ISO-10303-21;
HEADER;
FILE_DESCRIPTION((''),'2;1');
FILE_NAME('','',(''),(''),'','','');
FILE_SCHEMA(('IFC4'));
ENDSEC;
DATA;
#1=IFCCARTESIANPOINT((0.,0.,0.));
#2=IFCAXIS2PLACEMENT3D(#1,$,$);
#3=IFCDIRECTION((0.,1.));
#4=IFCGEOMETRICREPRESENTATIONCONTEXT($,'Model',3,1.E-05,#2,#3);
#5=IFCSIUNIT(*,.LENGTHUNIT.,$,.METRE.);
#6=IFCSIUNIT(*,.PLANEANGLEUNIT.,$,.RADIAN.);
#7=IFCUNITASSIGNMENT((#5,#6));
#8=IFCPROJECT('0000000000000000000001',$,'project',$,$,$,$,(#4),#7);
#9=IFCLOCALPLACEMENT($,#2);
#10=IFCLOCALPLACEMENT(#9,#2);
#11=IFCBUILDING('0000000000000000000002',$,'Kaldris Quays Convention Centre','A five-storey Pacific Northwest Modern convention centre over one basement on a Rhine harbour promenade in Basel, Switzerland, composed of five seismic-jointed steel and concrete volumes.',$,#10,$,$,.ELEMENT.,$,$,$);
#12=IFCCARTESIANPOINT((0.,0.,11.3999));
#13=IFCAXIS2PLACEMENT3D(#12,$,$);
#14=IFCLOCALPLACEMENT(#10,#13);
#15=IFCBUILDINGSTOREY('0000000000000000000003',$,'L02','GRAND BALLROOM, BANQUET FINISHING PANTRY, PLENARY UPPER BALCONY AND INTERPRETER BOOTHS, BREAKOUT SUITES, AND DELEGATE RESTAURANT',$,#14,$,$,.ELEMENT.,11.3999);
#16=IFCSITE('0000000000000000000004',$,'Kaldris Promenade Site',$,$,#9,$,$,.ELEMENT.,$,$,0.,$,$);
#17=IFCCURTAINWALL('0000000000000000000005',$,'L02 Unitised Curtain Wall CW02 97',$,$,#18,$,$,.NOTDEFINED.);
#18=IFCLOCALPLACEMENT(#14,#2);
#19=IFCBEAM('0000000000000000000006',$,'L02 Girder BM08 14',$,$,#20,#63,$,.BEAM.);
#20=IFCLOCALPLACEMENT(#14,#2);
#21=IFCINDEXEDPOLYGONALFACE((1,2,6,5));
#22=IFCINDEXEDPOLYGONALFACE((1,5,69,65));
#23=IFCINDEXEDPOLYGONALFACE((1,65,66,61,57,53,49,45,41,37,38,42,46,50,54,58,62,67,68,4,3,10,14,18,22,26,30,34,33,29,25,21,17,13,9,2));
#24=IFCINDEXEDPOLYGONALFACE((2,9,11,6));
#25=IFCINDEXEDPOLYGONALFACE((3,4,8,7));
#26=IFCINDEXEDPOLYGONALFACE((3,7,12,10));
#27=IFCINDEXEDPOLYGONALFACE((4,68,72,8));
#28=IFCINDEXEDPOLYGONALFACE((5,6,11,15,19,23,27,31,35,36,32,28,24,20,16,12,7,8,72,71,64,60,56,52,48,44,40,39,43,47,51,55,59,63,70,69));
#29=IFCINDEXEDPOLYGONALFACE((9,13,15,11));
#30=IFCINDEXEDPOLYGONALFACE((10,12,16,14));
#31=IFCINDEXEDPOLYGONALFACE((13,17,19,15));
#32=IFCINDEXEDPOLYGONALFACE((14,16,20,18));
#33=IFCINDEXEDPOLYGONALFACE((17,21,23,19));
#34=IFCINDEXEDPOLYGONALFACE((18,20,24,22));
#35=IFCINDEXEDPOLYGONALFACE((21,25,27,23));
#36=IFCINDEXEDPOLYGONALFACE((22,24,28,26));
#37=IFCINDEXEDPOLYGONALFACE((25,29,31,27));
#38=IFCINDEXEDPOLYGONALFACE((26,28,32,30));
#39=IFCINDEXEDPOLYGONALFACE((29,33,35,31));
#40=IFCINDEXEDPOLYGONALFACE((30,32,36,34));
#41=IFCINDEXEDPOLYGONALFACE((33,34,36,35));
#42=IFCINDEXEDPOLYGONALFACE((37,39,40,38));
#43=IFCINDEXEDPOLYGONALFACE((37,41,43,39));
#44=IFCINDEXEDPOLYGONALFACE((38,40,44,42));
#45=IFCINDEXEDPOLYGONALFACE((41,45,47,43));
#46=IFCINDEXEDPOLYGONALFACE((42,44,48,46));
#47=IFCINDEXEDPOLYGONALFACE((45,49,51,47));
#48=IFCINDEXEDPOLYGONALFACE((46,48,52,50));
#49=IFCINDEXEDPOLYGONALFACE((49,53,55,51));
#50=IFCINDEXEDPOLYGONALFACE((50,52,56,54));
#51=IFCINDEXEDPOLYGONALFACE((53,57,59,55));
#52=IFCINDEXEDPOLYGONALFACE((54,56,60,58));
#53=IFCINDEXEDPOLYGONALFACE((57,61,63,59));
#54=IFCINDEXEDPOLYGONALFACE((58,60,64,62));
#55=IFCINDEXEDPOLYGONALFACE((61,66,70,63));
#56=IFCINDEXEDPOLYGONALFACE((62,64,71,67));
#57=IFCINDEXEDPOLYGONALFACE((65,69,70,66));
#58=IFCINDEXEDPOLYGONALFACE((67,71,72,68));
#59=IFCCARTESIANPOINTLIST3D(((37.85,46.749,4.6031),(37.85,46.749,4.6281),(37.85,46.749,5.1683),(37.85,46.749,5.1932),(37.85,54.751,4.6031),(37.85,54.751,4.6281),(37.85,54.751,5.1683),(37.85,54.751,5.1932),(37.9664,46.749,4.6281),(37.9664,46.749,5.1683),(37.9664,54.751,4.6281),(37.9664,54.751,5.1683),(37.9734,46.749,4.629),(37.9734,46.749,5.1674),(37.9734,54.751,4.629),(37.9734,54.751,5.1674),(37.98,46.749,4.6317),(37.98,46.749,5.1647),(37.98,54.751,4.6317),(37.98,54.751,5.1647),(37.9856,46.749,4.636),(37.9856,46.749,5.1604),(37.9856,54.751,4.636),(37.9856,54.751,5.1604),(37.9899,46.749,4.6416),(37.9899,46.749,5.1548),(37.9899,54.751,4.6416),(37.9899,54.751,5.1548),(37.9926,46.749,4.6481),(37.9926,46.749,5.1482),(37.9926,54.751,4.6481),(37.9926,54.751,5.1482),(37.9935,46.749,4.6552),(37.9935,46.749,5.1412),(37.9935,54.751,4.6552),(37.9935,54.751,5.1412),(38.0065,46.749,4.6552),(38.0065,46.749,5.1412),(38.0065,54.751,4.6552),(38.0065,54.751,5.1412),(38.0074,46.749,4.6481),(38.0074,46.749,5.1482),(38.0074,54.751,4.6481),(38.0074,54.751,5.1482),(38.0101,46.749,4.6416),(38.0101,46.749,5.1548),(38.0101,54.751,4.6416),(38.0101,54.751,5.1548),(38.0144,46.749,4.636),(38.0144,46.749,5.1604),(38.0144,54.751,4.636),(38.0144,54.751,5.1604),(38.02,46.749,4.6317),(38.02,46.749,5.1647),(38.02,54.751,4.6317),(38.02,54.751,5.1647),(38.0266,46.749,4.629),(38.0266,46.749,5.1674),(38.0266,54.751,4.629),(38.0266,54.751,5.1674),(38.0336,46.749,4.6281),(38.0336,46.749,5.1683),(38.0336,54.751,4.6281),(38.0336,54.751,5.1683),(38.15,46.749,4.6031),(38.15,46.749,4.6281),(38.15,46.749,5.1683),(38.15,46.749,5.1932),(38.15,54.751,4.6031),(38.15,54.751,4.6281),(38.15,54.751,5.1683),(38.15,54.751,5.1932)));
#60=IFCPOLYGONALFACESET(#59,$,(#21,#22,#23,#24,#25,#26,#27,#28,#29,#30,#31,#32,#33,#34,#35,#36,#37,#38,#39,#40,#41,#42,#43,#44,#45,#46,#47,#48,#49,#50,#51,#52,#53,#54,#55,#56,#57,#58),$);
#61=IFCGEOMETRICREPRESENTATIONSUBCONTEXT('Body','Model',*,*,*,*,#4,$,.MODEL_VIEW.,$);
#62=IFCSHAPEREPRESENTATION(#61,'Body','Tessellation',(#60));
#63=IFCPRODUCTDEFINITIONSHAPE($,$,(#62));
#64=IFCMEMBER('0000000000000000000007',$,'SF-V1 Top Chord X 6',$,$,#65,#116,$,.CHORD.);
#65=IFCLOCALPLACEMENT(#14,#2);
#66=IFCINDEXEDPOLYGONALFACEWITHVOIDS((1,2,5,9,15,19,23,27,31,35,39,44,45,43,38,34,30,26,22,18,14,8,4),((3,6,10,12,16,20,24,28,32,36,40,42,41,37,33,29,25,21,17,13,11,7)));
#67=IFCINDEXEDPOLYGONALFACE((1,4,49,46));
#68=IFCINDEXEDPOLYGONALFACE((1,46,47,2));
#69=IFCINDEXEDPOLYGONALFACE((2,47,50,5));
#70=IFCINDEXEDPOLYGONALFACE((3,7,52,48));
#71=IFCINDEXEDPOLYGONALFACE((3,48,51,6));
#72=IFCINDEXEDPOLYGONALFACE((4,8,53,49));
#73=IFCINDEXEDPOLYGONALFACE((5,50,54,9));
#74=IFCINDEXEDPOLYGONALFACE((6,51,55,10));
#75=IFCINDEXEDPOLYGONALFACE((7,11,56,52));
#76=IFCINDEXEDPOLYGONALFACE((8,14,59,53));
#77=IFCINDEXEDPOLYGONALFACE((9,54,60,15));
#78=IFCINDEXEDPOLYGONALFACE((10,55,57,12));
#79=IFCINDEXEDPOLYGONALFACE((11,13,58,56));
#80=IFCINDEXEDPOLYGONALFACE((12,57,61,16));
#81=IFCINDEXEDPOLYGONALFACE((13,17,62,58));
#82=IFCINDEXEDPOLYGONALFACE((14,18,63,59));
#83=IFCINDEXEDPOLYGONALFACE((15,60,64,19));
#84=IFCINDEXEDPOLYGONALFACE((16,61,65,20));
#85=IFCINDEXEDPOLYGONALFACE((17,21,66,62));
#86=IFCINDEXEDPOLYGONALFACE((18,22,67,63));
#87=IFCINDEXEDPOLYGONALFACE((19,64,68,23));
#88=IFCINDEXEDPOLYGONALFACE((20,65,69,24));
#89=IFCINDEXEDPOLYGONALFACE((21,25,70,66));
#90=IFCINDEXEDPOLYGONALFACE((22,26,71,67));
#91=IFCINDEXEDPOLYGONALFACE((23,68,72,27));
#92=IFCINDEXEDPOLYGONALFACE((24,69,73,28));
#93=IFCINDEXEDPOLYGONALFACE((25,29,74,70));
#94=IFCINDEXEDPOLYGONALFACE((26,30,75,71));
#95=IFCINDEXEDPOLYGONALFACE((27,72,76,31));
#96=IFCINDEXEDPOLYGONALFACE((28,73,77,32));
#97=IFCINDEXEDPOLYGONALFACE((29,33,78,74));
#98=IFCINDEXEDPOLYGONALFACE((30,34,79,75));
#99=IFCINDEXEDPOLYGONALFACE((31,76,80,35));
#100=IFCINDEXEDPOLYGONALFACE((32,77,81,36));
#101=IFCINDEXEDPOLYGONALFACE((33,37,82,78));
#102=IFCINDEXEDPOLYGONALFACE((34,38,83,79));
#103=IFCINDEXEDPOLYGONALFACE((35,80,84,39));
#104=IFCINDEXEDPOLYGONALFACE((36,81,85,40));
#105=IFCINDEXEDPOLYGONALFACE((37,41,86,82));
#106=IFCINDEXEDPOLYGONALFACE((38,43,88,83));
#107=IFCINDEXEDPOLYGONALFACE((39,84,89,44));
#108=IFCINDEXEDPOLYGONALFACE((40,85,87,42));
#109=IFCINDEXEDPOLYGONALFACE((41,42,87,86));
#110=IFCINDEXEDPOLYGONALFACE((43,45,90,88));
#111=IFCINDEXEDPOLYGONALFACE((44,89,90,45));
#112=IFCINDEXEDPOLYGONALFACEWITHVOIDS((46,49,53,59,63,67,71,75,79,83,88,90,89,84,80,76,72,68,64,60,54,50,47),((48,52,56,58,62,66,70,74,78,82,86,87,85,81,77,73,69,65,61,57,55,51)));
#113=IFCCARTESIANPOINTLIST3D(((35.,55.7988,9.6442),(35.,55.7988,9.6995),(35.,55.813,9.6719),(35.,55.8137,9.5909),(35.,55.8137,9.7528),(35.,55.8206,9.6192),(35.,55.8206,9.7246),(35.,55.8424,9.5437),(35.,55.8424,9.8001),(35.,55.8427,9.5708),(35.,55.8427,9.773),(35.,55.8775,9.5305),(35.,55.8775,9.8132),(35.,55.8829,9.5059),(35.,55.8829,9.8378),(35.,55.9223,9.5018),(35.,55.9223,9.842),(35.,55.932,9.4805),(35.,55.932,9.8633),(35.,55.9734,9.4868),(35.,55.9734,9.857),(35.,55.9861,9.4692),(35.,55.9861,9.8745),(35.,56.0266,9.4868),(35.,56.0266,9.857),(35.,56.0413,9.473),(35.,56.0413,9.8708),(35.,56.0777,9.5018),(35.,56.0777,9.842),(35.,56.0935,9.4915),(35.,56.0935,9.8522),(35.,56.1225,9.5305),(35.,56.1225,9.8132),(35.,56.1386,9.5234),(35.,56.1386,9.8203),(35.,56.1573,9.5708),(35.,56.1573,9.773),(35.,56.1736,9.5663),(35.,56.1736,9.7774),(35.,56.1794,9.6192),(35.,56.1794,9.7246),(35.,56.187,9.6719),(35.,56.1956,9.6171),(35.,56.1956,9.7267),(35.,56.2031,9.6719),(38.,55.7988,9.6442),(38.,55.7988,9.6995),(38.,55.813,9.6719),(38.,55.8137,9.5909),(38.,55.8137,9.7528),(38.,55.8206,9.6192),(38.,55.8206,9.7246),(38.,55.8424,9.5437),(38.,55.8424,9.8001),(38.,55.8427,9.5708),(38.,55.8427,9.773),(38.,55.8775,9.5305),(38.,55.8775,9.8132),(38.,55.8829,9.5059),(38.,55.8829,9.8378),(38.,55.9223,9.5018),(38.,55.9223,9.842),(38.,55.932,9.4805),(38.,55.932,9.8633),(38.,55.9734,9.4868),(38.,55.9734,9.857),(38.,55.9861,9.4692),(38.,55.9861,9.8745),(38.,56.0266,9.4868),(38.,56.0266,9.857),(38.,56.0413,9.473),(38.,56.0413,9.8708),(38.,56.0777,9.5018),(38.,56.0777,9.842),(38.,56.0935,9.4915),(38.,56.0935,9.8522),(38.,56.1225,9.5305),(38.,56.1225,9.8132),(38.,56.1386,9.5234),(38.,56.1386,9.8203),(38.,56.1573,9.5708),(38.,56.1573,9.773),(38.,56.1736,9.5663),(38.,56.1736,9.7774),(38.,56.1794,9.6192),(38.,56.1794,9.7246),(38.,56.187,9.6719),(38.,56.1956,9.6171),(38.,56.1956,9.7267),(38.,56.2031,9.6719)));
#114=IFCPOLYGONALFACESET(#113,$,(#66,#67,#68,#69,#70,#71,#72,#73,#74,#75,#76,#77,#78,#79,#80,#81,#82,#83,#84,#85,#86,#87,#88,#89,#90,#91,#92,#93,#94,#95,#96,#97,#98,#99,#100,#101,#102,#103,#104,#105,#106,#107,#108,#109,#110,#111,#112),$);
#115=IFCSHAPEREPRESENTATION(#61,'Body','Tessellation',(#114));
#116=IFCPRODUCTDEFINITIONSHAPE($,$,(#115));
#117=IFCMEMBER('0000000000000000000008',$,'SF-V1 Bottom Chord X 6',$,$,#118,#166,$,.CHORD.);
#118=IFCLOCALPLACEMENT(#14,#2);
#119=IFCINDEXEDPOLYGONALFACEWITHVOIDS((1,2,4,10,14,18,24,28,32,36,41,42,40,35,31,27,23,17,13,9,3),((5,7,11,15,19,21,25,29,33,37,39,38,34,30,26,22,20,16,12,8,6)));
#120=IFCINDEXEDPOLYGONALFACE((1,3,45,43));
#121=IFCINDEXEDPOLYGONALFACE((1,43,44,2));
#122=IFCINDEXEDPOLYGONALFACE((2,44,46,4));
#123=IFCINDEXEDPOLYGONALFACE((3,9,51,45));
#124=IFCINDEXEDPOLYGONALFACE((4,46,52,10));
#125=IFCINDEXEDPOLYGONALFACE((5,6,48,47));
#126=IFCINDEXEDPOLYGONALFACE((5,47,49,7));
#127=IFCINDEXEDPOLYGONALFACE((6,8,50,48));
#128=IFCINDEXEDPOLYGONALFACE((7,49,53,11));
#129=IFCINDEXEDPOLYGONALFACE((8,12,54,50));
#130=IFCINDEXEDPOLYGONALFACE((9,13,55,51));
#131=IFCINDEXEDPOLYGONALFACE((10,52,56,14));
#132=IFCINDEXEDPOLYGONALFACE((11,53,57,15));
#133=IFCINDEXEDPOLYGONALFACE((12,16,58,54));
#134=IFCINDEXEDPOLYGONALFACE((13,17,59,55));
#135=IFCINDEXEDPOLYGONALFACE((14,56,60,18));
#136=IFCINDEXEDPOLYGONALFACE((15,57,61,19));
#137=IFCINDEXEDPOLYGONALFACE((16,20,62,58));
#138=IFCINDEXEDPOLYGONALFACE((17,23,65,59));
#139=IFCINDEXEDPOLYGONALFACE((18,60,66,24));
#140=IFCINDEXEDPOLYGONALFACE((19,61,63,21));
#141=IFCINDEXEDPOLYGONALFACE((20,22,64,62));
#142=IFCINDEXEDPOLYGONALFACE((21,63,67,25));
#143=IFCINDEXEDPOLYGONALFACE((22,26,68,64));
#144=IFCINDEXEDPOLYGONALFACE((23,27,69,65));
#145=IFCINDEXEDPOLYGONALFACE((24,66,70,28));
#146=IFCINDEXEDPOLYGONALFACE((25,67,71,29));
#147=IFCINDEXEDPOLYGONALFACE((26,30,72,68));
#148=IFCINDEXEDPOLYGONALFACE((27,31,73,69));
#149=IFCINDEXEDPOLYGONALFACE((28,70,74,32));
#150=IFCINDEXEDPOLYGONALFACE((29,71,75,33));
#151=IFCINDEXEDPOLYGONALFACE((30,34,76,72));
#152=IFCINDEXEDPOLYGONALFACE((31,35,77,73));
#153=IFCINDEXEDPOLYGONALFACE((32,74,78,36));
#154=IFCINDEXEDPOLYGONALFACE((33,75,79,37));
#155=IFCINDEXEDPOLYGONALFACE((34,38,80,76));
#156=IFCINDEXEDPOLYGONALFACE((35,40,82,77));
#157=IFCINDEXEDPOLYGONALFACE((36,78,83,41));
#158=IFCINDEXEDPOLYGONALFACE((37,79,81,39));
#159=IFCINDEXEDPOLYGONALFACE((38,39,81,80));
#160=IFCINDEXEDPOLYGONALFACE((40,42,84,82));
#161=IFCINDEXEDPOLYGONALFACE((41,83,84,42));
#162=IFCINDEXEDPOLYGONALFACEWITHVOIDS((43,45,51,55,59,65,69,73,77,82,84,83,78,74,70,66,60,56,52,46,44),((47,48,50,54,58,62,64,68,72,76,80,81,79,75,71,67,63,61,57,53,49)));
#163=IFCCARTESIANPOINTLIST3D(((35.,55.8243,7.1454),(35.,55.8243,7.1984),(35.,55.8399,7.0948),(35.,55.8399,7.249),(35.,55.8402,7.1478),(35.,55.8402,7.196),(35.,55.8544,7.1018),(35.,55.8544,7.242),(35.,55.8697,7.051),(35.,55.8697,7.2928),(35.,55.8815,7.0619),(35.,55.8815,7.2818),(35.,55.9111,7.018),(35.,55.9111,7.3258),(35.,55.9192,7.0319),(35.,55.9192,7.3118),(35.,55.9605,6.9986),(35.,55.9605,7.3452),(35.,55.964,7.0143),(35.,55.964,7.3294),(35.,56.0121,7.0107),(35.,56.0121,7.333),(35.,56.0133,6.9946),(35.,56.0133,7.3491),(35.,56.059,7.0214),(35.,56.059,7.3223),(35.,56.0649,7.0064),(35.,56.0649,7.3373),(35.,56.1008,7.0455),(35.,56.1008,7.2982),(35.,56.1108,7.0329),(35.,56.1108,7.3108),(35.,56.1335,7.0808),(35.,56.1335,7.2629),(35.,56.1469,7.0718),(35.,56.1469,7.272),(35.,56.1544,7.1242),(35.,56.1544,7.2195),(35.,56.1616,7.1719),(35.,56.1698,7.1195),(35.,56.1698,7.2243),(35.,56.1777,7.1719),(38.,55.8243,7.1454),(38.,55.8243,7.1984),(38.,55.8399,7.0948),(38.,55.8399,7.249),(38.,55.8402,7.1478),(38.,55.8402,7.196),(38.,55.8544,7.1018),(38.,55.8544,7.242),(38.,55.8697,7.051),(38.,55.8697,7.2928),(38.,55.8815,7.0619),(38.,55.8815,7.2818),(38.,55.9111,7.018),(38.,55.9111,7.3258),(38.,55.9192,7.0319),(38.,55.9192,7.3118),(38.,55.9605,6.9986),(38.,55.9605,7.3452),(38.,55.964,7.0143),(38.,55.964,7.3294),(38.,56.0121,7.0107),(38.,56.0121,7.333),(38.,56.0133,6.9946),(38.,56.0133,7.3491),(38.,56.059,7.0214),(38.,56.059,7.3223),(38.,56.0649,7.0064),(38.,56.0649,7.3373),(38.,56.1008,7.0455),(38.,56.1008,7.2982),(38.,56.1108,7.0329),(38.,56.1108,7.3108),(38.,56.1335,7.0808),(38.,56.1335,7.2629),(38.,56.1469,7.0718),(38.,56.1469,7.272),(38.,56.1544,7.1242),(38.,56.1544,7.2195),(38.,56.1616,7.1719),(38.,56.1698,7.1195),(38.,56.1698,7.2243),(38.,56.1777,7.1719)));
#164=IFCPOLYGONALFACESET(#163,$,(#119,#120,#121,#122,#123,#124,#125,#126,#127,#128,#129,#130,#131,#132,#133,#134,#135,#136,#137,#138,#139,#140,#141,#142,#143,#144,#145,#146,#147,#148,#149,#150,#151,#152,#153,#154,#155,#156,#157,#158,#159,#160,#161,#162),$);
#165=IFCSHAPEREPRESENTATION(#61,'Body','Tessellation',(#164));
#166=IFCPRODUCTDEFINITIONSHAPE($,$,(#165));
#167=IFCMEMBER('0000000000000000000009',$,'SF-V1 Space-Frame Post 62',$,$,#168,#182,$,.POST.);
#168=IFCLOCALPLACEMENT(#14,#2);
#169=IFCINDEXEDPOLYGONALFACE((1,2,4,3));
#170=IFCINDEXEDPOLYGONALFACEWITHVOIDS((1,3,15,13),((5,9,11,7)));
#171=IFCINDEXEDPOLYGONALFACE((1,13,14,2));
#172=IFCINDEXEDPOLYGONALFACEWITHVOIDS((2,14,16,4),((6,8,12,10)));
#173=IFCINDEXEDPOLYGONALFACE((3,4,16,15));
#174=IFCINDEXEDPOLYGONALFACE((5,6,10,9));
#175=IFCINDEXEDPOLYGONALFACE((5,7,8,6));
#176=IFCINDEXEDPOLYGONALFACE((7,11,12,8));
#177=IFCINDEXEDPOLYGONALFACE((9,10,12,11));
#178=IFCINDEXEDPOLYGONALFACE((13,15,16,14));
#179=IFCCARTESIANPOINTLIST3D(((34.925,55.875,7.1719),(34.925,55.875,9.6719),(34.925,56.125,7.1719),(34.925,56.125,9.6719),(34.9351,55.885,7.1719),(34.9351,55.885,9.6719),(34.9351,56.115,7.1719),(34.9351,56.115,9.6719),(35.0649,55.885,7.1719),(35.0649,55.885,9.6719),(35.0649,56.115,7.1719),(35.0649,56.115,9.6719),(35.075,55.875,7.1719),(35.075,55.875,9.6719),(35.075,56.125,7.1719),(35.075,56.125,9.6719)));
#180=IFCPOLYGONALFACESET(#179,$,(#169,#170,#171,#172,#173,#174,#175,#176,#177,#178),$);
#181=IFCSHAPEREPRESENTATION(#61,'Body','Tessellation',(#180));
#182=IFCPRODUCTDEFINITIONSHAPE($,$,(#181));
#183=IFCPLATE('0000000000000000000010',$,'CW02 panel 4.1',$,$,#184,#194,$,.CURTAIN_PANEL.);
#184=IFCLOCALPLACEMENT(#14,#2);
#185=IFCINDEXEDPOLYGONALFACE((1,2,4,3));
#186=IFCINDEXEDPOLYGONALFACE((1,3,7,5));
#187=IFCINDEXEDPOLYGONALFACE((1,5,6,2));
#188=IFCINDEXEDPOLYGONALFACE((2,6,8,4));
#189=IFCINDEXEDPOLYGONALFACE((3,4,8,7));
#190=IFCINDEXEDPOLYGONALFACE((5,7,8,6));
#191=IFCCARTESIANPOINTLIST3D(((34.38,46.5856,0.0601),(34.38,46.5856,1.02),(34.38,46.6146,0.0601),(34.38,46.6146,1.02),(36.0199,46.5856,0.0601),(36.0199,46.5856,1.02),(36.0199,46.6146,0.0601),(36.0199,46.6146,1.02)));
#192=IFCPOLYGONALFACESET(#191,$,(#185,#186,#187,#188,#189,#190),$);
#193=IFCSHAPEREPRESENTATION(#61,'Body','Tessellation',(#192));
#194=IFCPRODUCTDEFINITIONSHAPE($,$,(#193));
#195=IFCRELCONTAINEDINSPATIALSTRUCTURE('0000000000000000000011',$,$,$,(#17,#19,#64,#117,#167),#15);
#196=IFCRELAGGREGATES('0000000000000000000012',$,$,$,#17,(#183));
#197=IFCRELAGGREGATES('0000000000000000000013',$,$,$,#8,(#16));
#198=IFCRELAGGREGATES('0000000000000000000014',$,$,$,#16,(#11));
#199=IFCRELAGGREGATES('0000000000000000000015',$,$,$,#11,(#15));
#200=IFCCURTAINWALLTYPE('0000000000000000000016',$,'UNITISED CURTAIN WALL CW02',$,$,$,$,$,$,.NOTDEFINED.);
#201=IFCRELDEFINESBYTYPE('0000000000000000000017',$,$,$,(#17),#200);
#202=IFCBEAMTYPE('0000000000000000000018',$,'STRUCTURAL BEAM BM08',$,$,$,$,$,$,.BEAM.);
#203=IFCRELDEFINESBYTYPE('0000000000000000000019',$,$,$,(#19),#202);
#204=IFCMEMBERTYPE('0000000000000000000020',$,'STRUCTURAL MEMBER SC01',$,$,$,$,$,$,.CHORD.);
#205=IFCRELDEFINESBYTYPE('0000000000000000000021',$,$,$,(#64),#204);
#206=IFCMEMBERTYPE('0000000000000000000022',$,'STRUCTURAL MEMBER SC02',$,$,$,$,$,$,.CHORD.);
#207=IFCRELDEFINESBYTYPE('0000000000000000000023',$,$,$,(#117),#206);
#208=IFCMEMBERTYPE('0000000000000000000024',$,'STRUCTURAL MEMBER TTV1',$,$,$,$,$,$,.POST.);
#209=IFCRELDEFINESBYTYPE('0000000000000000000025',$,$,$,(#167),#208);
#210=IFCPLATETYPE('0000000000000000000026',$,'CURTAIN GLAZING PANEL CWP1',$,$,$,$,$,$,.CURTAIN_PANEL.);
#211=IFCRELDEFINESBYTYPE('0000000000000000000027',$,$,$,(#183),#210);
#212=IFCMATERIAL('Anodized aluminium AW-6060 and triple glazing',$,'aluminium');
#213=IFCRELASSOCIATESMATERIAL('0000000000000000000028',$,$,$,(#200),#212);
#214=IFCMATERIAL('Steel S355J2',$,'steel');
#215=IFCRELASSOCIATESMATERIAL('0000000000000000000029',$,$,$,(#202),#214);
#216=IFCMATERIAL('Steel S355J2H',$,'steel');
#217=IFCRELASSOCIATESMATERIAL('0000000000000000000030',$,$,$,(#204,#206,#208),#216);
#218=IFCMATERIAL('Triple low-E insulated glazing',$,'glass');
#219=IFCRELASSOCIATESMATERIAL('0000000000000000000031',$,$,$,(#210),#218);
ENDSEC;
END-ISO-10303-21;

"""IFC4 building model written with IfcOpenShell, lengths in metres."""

from ifc_helpers import new_model, si_unit, direction, frame, origin, origin_2d, place, context, subcontext, project, spatial, rectangle, hollow_rectangle, hollow_circle, i_section, extrude, material, material_profile, profile_set, type_object, element, aggregate, save


model = new_model("IFC4")

# Units and contexts
model_context = context("Model", 3, precision=1e-05, world=origin(), true_north=direction((0.0, 1.0)))
body_context = subcontext(model_context, "Body", "Model", "MODEL_VIEW")
ifc_project = project(units=[si_unit("LENGTHUNIT", "METRE"), si_unit("PLANEANGLEUNIT", "RADIAN")], contexts=[model_context])

# Site, building, storey
site_placement = place(None, origin())
site = spatial("IfcSite", under=ifc_project, at=site_placement, Name="Kaldris Promenade Site", CompositionType="ELEMENT", RefElevation=0.0)
building_placement = place(site_placement, origin())
building = spatial("IfcBuilding", under=site, at=building_placement, Name="Kaldris Quays Convention Centre", Description="A five-storey Pacific Northwest Modern convention centre over one basement on a Rhine harbour promenade in Basel, Switzerland, composed of five seismic-jointed steel and concrete volumes.", CompositionType="ELEMENT")
storey_placement = place(building_placement, frame((0.0, 0.0, 11.3999)))
storey = spatial("IfcBuildingStorey", under=building, at=storey_placement, Name="L02", Description="GRAND BALLROOM, BANQUET FINISHING PANTRY, PLENARY UPPER BALCONY AND INTERPRETER BOOTHS, BREAKOUT SUITES, AND DELEGATE RESTAURANT", CompositionType="ELEMENT", Elevation=11.3999)

# Shared definitions
ifc_material_1 = material(Name="Steel S355J2", Category="steel")

# Curtain wall
ifc_material_2 = material(Name="Anodized aluminium AW-6060 and triple glazing", Category="aluminium")
curtain_wall_type_1 = type_object("IfcCurtainWallType", Name="UNITISED CURTAIN WALL CW02", PredefinedType="NOTDEFINED", material=ifc_material_2)
curtain_wall_1_placement = place(storey_placement, origin())
curtain_wall_1 = element("IfcCurtainWall", 1, at=curtain_wall_1_placement, inside=storey, type_object=curtain_wall_type_1, Name="L02 Unitised Curtain Wall CW02 97", PredefinedType="NOTDEFINED")

# Beam
ifc_material_profile_1 = material_profile(ifc_material_1, i_section(OverallWidth=0.3, OverallDepth=0.5901, WebThickness=0.0129, FlangeThickness=0.0249, FilletRadius=0.0271, at=origin_2d()), Name="HEA 600")
ifc_profile_set_1 = profile_set([ifc_material_profile_1], Name="Steel S355J2")
beam_type_1 = type_object("IfcBeamType", Name="STRUCTURAL BEAM BM08", PredefinedType="BEAM", material=ifc_profile_set_1)
beam_1_placement = place(storey_placement, frame((38.0, 46.749, 4.8982), z_axis=(0.0, 1.0, 0.0), x_axis=(-1.0, 0.0, 0.0)))
element("IfcBeam", 2, at=beam_1_placement, inside=storey, type_object=beam_type_1, Name="L02 Girder BM08 14", PredefinedType="BEAM", context=body_context, shape_type="SweptSolid", body=[
    extrude(i_section(OverallWidth=0.3, OverallDepth=0.5901, WebThickness=0.0129, FlangeThickness=0.0249, FilletRadius=0.0271, at=origin_2d()), origin(), (0.0, 0.0, 1.0), 8.002),
])

# Members
ifc_material_3 = material(Name="Steel S355J2H", Category="steel")
ifc_material_profile_2 = material_profile(ifc_material_3, hollow_circle(Radius=0.2031, WallThickness=0.0161, at=origin_2d()), Name="CHS 406.4x16")
ifc_profile_set_2 = profile_set([ifc_material_profile_2], Name="Steel S355J2H")
member_type_1 = type_object("IfcMemberType", Name="STRUCTURAL MEMBER SC01", PredefinedType="CHORD", material=ifc_profile_set_2)
member_1_placement = place(storey_placement, frame((35.0, 56.0, 9.6719), z_axis=(1.0, 0.0, 0.0), x_axis=(0.0, 1.0, 0.0)))
element("IfcMember", 3, at=member_1_placement, inside=storey, type_object=member_type_1, Name="SF-V1 Top Chord X 6", PredefinedType="CHORD", context=body_context, shape_type="SweptSolid", body=[
    extrude(hollow_circle(Radius=0.2031, WallThickness=0.0161, at=origin_2d()), origin(), (0.0, 0.0, 1.0), 3.0),
])
ifc_material_profile_3 = material_profile(ifc_material_3, hollow_circle(Radius=0.1777, WallThickness=0.0161, at=origin_2d()), Name="CHS 355.6x16")
ifc_profile_set_3 = profile_set([ifc_material_profile_3], Name="Steel S355J2H")
member_type_2 = type_object("IfcMemberType", Name="STRUCTURAL MEMBER SC02", PredefinedType="CHORD", material=ifc_profile_set_3)
member_2_placement = place(storey_placement, frame((35.0, 56.0, 7.1719), z_axis=(1.0, 0.0, 0.0), x_axis=(0.0, 1.0, 0.0)))
element("IfcMember", 4, at=member_2_placement, inside=storey, type_object=member_type_2, Name="SF-V1 Bottom Chord X 6", PredefinedType="CHORD", context=body_context, shape_type="SweptSolid", body=[
    extrude(hollow_circle(Radius=0.1777, WallThickness=0.0161, at=origin_2d()), origin(), (0.0, 0.0, 1.0), 3.0),
])
ifc_material_profile_4 = material_profile(ifc_material_3, hollow_rectangle(XDim=0.1499, YDim=0.25, WallThickness=0.01, at=origin_2d()), Name="RHS 250x150x10")
ifc_profile_set_4 = profile_set([ifc_material_profile_4], Name="Steel S355J2H")
member_type_3 = type_object("IfcMemberType", Name="STRUCTURAL MEMBER TTV1", PredefinedType="POST", material=ifc_profile_set_4)
member_3_placement = place(storey_placement, frame((35.0, 56.0, 7.1719), z_axis=(0.0, 0.0, 1.0), x_axis=(1.0, 0.0, 0.0)))
element("IfcMember", 5, at=member_3_placement, inside=storey, type_object=member_type_3, Name="SF-V1 Space-Frame Post 62", PredefinedType="POST", context=body_context, shape_type="SweptSolid", body=[
    extrude(hollow_rectangle(XDim=0.1499, YDim=0.25, WallThickness=0.01, at=origin_2d()), origin(), (0.0, 0.0, 1.0), 2.5),
])

# Plate
ifc_material_4 = material(Name="Triple low-E insulated glazing", Category="glass")
plate_type = type_object("IfcPlateType", Name="CURTAIN GLAZING PANEL CWP1", PredefinedType="CURTAIN_PANEL", material=ifc_material_4)
plate_1_placement = place(storey_placement, frame((35.2, 46.6001, 0.0601), z_axis=(0.0, 0.0, 1.0), x_axis=(1.0, 0.0, 0.0)))
plate_1 = element("IfcPlate", 6, at=plate_1_placement, type_object=plate_type, Name="CW02 panel 4.1", PredefinedType="CURTAIN_PANEL", context=body_context, shape_type="SweptSolid", body=[
    extrude(rectangle(XDim=1.6399, YDim=0.0291, at=origin_2d()), origin(), (0.0, 0.0, 1.0), 0.96),
])
aggregate(curtain_wall_1, [plate_1])

save(model, "model.ifc")
